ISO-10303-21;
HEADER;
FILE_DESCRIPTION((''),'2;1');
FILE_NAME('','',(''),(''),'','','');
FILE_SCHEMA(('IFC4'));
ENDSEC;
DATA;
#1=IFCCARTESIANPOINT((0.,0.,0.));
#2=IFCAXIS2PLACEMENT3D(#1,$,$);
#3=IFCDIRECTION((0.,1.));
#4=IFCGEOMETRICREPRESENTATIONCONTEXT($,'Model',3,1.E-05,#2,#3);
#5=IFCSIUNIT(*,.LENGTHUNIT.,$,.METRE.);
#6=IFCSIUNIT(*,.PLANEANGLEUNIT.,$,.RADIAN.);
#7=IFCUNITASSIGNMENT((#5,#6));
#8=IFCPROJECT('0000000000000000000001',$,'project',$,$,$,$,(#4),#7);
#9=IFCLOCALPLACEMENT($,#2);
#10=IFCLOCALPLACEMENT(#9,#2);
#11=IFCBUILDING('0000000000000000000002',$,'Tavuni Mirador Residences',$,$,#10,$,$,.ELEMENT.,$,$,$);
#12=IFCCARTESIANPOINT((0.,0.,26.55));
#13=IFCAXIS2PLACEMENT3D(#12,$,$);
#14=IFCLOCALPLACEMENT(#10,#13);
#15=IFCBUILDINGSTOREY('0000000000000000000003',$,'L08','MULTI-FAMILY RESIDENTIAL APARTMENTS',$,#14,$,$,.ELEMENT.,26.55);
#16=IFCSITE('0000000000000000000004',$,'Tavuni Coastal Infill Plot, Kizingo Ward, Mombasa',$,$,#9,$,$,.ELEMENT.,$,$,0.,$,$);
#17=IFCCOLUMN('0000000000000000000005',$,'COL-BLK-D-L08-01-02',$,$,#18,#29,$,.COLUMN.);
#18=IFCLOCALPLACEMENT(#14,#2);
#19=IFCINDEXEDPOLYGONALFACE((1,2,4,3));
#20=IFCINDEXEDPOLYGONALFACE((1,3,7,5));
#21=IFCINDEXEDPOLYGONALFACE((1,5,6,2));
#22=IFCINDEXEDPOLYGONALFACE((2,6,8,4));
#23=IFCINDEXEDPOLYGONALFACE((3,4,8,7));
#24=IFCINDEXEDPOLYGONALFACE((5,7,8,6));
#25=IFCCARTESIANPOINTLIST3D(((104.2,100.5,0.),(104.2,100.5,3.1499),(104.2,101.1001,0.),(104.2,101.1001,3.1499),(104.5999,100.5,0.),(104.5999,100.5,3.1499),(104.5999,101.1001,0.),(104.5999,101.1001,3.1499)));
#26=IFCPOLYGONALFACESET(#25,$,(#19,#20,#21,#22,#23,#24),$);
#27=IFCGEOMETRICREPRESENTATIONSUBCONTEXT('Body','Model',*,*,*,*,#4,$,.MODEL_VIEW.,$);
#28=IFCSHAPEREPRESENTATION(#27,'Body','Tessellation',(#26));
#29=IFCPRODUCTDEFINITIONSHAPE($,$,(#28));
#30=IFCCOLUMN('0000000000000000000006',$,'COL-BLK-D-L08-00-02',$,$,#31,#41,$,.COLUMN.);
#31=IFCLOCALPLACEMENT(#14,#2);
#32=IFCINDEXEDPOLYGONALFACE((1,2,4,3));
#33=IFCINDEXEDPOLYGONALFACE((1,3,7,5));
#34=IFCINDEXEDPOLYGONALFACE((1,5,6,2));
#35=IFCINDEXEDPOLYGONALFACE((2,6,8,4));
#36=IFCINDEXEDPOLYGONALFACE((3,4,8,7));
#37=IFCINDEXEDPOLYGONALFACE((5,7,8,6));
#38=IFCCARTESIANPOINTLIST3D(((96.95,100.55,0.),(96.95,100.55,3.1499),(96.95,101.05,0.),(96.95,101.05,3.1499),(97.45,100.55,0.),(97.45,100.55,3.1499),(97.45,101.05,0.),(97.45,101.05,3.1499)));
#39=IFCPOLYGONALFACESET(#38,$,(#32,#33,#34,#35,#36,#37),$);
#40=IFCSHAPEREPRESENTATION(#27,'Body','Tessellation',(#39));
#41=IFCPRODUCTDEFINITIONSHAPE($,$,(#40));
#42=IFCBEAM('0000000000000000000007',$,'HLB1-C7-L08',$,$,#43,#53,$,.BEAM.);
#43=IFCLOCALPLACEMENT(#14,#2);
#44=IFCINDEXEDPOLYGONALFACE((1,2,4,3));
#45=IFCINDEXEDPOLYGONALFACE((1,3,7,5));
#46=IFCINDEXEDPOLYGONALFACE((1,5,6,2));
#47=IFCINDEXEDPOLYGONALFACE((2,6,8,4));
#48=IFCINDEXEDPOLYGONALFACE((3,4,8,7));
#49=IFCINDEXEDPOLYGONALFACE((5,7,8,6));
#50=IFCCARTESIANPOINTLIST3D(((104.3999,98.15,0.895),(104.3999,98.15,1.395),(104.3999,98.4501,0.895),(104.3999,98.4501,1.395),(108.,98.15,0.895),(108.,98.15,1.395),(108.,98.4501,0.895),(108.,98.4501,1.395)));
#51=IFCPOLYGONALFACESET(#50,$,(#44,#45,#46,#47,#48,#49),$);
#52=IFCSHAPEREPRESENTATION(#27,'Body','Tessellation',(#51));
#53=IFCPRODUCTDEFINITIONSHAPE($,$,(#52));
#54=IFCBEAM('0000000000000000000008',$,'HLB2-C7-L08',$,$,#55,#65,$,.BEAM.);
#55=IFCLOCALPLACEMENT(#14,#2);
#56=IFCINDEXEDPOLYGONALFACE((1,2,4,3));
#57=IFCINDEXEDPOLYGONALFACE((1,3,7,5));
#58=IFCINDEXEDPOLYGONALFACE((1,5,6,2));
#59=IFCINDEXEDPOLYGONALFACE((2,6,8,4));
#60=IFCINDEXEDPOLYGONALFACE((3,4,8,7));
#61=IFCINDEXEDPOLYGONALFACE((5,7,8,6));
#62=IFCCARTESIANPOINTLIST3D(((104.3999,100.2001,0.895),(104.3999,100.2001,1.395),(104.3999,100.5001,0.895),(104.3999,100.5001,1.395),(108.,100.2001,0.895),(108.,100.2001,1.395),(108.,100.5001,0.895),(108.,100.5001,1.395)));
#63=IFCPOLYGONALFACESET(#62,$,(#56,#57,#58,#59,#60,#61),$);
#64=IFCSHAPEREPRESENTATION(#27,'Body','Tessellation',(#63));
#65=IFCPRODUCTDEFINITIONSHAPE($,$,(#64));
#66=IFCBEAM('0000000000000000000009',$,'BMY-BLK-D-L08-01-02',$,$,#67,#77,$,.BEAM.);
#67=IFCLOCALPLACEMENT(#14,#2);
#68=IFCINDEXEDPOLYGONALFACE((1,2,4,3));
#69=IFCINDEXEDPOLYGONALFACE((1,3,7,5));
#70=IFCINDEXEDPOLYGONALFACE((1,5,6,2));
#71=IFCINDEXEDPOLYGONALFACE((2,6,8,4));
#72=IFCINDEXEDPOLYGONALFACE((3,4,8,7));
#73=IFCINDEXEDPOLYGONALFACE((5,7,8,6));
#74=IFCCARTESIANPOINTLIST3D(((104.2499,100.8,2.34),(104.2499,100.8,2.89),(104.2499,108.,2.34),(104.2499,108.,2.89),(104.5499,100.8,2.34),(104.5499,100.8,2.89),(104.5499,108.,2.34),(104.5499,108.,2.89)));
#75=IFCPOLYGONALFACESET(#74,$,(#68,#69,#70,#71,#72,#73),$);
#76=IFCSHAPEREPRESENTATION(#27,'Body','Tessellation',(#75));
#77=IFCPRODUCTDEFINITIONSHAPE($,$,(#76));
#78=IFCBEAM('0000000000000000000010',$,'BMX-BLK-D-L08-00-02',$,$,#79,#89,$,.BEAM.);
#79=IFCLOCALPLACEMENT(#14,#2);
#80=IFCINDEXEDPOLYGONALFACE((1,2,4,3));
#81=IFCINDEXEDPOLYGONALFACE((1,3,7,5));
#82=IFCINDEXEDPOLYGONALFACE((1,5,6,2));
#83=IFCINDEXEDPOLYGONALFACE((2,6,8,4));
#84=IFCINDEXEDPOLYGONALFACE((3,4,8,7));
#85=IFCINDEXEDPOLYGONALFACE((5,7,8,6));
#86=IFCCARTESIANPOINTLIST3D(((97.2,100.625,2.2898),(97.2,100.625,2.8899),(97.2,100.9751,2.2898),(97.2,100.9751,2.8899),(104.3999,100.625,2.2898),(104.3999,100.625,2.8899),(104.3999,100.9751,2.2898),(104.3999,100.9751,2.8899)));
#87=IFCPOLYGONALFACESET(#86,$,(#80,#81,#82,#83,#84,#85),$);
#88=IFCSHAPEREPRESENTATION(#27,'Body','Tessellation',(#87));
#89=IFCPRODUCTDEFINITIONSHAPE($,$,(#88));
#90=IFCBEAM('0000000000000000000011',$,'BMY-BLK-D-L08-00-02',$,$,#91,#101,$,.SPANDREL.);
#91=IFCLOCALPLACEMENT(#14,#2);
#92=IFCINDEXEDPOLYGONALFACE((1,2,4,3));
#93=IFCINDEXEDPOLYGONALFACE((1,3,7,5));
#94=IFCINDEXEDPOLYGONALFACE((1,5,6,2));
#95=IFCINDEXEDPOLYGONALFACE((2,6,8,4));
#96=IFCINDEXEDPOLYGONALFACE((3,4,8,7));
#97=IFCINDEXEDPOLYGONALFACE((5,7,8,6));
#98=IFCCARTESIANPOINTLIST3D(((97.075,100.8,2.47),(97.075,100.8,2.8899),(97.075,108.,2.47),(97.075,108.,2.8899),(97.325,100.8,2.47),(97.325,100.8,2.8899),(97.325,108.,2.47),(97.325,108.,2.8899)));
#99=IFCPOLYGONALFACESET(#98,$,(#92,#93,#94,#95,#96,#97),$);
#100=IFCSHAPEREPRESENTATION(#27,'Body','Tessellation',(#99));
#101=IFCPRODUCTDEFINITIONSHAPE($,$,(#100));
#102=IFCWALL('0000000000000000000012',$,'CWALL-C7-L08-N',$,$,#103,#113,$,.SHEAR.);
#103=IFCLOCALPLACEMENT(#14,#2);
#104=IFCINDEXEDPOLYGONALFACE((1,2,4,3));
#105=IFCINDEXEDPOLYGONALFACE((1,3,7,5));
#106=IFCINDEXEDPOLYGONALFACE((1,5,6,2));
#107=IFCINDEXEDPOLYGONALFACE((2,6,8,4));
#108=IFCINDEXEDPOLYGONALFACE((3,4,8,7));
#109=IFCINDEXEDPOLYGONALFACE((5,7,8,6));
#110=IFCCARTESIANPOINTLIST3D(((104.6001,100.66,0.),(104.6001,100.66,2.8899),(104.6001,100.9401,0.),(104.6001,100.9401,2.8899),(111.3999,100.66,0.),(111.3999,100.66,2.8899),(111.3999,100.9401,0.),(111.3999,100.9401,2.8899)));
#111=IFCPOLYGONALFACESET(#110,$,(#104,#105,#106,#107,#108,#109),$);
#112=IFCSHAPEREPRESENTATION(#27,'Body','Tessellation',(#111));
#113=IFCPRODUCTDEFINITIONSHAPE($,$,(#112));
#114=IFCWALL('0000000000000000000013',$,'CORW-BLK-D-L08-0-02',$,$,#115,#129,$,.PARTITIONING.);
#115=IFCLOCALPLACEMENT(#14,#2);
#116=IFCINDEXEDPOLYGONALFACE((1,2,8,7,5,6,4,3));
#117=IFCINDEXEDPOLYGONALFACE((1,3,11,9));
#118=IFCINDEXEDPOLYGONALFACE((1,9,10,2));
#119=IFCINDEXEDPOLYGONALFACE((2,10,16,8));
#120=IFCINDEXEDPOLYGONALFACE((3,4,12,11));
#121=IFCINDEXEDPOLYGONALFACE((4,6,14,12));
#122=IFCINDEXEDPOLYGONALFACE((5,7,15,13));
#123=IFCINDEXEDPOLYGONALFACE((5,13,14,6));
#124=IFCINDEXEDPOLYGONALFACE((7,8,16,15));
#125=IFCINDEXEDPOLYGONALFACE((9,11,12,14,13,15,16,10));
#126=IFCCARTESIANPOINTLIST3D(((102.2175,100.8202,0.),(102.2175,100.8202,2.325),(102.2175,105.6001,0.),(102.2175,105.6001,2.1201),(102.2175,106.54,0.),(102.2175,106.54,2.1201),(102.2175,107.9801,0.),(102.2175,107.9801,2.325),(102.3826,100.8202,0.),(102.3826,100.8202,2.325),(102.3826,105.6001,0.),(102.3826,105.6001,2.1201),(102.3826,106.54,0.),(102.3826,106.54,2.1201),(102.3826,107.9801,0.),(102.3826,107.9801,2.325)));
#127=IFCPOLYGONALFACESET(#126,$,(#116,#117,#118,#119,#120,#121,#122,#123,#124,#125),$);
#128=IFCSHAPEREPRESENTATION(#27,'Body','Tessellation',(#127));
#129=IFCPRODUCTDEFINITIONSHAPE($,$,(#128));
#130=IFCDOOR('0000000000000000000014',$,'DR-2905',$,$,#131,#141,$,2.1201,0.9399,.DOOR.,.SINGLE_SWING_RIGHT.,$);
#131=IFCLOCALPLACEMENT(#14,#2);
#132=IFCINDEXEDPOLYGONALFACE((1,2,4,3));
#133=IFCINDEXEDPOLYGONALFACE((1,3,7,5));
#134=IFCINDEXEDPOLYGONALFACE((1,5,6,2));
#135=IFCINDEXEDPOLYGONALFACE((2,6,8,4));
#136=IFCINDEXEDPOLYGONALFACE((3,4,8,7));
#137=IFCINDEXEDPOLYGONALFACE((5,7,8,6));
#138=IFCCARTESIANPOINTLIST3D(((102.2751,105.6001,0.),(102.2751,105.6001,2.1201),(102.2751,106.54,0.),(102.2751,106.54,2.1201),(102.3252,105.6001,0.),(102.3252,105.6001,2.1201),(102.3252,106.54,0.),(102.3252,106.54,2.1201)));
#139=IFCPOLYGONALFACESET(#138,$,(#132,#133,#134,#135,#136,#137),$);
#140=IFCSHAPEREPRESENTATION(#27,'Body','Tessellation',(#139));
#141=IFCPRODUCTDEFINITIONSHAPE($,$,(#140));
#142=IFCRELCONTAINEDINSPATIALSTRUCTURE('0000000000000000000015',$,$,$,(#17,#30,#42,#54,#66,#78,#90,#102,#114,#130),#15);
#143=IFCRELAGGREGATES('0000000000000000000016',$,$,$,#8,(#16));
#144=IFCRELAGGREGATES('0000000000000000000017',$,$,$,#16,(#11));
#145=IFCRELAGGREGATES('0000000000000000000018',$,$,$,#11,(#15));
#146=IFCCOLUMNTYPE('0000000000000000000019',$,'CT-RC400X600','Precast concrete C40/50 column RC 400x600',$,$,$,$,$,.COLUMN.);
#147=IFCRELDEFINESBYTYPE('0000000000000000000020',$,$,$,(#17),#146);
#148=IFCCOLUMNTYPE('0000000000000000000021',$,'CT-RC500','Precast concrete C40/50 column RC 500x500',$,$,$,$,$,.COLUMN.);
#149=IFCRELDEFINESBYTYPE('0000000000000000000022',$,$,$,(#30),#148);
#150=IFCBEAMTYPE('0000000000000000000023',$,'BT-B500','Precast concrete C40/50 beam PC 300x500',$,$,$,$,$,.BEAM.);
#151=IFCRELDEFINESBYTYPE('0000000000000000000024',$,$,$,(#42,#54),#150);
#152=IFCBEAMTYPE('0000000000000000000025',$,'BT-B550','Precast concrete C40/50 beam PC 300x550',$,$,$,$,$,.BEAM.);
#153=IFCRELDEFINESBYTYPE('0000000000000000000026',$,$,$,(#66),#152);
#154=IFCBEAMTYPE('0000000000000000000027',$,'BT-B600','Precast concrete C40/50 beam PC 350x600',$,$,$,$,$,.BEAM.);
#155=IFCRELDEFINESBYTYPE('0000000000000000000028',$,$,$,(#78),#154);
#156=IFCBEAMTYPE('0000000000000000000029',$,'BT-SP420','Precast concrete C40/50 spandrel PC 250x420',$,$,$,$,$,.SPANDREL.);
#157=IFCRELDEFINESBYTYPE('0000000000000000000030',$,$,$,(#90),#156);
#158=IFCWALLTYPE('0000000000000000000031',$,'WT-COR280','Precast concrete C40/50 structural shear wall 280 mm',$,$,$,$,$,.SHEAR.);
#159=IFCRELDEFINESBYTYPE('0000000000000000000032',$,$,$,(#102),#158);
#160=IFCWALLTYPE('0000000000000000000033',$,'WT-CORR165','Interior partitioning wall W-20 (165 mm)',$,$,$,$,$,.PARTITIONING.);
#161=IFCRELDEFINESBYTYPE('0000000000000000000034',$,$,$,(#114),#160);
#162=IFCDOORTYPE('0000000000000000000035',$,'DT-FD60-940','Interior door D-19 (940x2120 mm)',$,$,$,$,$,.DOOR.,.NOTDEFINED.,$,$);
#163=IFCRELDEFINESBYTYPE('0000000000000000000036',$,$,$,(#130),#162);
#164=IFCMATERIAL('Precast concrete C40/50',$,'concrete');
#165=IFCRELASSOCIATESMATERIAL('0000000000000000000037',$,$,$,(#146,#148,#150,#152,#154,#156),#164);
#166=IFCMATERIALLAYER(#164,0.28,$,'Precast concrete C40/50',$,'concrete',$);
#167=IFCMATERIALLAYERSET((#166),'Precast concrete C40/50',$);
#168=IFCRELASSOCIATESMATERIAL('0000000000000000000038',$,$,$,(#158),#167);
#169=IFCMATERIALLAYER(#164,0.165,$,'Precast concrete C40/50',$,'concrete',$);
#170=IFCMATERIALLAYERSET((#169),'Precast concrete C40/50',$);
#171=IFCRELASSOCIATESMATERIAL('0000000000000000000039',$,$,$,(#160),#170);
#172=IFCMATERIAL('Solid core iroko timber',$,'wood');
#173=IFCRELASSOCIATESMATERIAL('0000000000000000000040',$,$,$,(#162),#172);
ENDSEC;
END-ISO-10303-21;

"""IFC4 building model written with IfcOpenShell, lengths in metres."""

from ifc_helpers import new_model, si_unit, direction, frame, frame_2d, origin, origin_2d, place, context, subcontext, project, spatial, rectangle, extrude, material, layer, layer_set, material_profile, profile_set, type_object, element, fill, save


model = new_model("IFC4")

# Units and contexts
model_context = context("Model", 3, precision=1e-05, world=origin(), true_north=direction((0.0, 1.0)))
body_context = subcontext(model_context, "Body", "Model", "MODEL_VIEW")
ifc_project = project(units=[si_unit("LENGTHUNIT", "METRE"), si_unit("PLANEANGLEUNIT", "RADIAN")], contexts=[model_context])

# Site, building, storey
site_placement = place(None, origin())
site = spatial("IfcSite", under=ifc_project, at=site_placement, Name="Tavuni Coastal Infill Plot, Kizingo Ward, Mombasa", CompositionType="ELEMENT", RefElevation=0.0)
building_placement = place(site_placement, origin())
building = spatial("IfcBuilding", under=site, at=building_placement, Name="Tavuni Mirador Residences", CompositionType="ELEMENT")
storey_placement = place(building_placement, frame((0.0, 0.0, 26.55)))
storey = spatial("IfcBuildingStorey", under=building, at=storey_placement, Name="L08", Description="MULTI-FAMILY RESIDENTIAL APARTMENTS", CompositionType="ELEMENT", Elevation=26.55)

# Columns
ifc_material_1 = material(Name="Precast concrete C40/50", Category="concrete")
ifc_material_profile_1 = material_profile(ifc_material_1, rectangle(XDim=0.3999, YDim=0.6001, at=origin_2d()), Name="RC 400x600", Category="concrete")
ifc_profile_set_1 = profile_set([ifc_material_profile_1], Name="Precast concrete C40/50")
column_type_1 = type_object("IfcColumnType", Name="CT-RC400X600", Description="Precast concrete C40/50 column RC 400x600", PredefinedType="COLUMN", material=ifc_profile_set_1)
column_1_placement = place(storey_placement, frame((104.3999, 100.8, 0.0), z_axis=(0.0, 0.0, 1.0), x_axis=(1.0, 0.0, 0.0)))
element("IfcColumn", 1, at=column_1_placement, inside=storey, type_object=column_type_1, Name="COL-BLK-D-L08-01-02", PredefinedType="COLUMN", context=body_context, shape_type="SweptSolid", body=[
    extrude(rectangle(XDim=0.3999, YDim=0.6001, at=origin_2d()), origin(), (0.0, 0.0, 1.0), 3.1499),
])
ifc_material_profile_2 = material_profile(ifc_material_1, rectangle(XDim=0.5, YDim=0.5, at=origin_2d()), Name="RC 500x500", Category="concrete")
ifc_profile_set_2 = profile_set([ifc_material_profile_2], Name="Precast concrete C40/50")
column_type_2 = type_object("IfcColumnType", Name="CT-RC500", Description="Precast concrete C40/50 column RC 500x500", PredefinedType="COLUMN", material=ifc_profile_set_2)
column_2_placement = place(storey_placement, frame((97.2, 100.8, 0.0), z_axis=(0.0, 0.0, 1.0), x_axis=(1.0, 0.0, 0.0)))
element("IfcColumn", 2, at=column_2_placement, inside=storey, type_object=column_type_2, Name="COL-BLK-D-L08-00-02", PredefinedType="COLUMN", context=body_context, shape_type="SweptSolid", body=[
    extrude(rectangle(XDim=0.5, YDim=0.5, at=origin_2d()), origin(), (0.0, 0.0, 1.0), 3.1499),
])

# Beams
ifc_material_profile_3 = material_profile(ifc_material_1, rectangle(XDim=0.3, YDim=0.5, at=origin_2d()), Name="PC 300x500", Category="concrete")
ifc_profile_set_3 = profile_set([ifc_material_profile_3], Name="Precast concrete C40/50")
beam_type_1 = type_object("IfcBeamType", Name="BT-B500", Description="Precast concrete C40/50 beam PC 300x500", PredefinedType="BEAM", material=ifc_profile_set_3)
for number, where, z_axis, x_axis, name in (
    (3, (104.3999, 98.3, 1.145), (1.0, 0.0, 0.0), (0.0, 1.0, 0.0), "HLB1-C7-L08"),
    (4, (104.3999, 100.3501, 1.145), (1.0, 0.0, 0.0), (0.0, 1.0, 0.0), "HLB2-C7-L08"),
):
    element("IfcBeam", number, at=place(storey_placement, frame(where, z_axis=z_axis, x_axis=x_axis)), inside=storey, type_object=beam_type_1, Name=name, PredefinedType="BEAM", context=body_context, shape_type="SweptSolid", body=[
        extrude(rectangle(XDim=0.3, YDim=0.5, at=origin_2d()), origin(), (0.0, 0.0, 1.0), 3.6001),
    ])
ifc_material_profile_4 = material_profile(ifc_material_1, rectangle(XDim=0.3, YDim=0.55, at=origin_2d()), Name="PC 300x550", Category="concrete")
ifc_profile_set_4 = profile_set([ifc_material_profile_4], Name="Precast concrete C40/50")
beam_type_2 = type_object("IfcBeamType", Name="BT-B550", Description="Precast concrete C40/50 beam PC 300x550", PredefinedType="BEAM", material=ifc_profile_set_4)
beam_1_placement = place(storey_placement, frame((104.3999, 100.8, 2.615), z_axis=(0.0, 1.0, 0.0), x_axis=(-1.0, 0.0, 0.0)))
element("IfcBeam", 5, at=beam_1_placement, inside=storey, type_object=beam_type_2, Name="BMY-BLK-D-L08-01-02", PredefinedType="BEAM", context=body_context, shape_type="SweptSolid", body=[
    extrude(rectangle(XDim=0.3, YDim=0.55, at=origin_2d()), origin(), (0.0, 0.0, 1.0), 7.2),
])
ifc_material_profile_5 = material_profile(ifc_material_1, rectangle(XDim=0.3501, YDim=0.6001, at=origin_2d()), Name="PC 350x600", Category="concrete")
ifc_profile_set_5 = profile_set([ifc_material_profile_5], Name="Precast concrete C40/50")
beam_type_3 = type_object("IfcBeamType", Name="BT-B600", Description="Precast concrete C40/50 beam PC 350x600", PredefinedType="BEAM", material=ifc_profile_set_5)
beam_2_placement = place(storey_placement, frame((97.2, 100.8, 2.5898), z_axis=(1.0, 0.0, 0.0), x_axis=(0.0, 1.0, 0.0)))
element("IfcBeam", 6, at=beam_2_placement, inside=storey, type_object=beam_type_3, Name="BMX-BLK-D-L08-00-02", PredefinedType="BEAM", context=body_context, shape_type="SweptSolid", body=[
    extrude(rectangle(XDim=0.3501, YDim=0.6001, at=origin_2d()), origin(), (0.0, 0.0, 1.0), 7.2),
])
ifc_material_profile_6 = material_profile(ifc_material_1, rectangle(XDim=0.25, YDim=0.4199, at=origin_2d()), Name="PC 250x420", Category="concrete")
ifc_profile_set_6 = profile_set([ifc_material_profile_6], Name="Precast concrete C40/50")
beam_type_4 = type_object("IfcBeamType", Name="BT-SP420", Description="Precast concrete C40/50 spandrel PC 250x420", PredefinedType="SPANDREL", material=ifc_profile_set_6)
beam_3_placement = place(storey_placement, frame((97.2, 100.8, 2.6799), z_axis=(0.0, 1.0, 0.0), x_axis=(-1.0, 0.0, 0.0)))
element("IfcBeam", 7, at=beam_3_placement, inside=storey, type_object=beam_type_4, Name="BMY-BLK-D-L08-00-02", PredefinedType="SPANDREL", context=body_context, shape_type="SweptSolid", body=[
    extrude(rectangle(XDim=0.25, YDim=0.4199, at=origin_2d()), origin(), (0.0, 0.0, 1.0), 7.2),
])

# Wall
ifc_layer_1 = layer(ifc_material_1, 0.28, Name="Precast concrete C40/50", Category="concrete")
ifc_layer_set_1 = layer_set([ifc_layer_1], Name="Precast concrete C40/50")
wall_type_1 = type_object("IfcWallType", Name="WT-COR280", Description="Precast concrete C40/50 structural shear wall 280 mm", PredefinedType="SHEAR", material=ifc_layer_set_1)
wall_1_placement = place(storey_placement, frame((104.6001, 100.8, 0.0), z_axis=(0.0, 0.0, 1.0), x_axis=(1.0, 0.0, 0.0)))
element("IfcWall", 8, at=wall_1_placement, inside=storey, type_object=wall_type_1, Name="CWALL-C7-L08-N", PredefinedType="SHEAR", context=body_context, shape_type="SweptSolid", body=[
    extrude(rectangle(XDim=6.7998, YDim=0.28, at=frame_2d((3.3999, 0.0))), origin(), (0.0, 0.0, 1.0), 2.8899),
])

# Wall, opening, door
ifc_layer_2 = layer(ifc_material_1, 0.165, Name="Precast concrete C40/50", Category="concrete")
ifc_layer_set_2 = layer_set([ifc_layer_2], Name="Precast concrete C40/50")
wall_type_2 = type_object("IfcWallType", Name="WT-CORR165", Description="Interior partitioning wall W-20 (165 mm)", PredefinedType="PARTITIONING", material=ifc_layer_set_2)
wall_2_placement = place(storey_placement, frame((102.3, 100.8201, 0.0), z_axis=(0.0, 0.0, 1.0), x_axis=(0.0, 1.0, 0.0)))
wall_2 = element("IfcWall", 9, at=wall_2_placement, inside=storey, type_object=wall_type_2, Name="CORW-BLK-D-L08-0-02", PredefinedType="PARTITIONING", context=body_context, shape_type="SweptSolid", body=[
    extrude(rectangle(XDim=7.1599, YDim=0.165, at=frame_2d((3.5801, 0.0))), origin(), (0.0, 0.0, 1.0), 2.325),
])
opening_1_placement = place(wall_2_placement, frame((4.78, 0.0, 0.0)))
opening_1 = element("IfcOpeningElement", 10, at=opening_1_placement, cuts=wall_2, PredefinedType="OPENING", context=body_context, shape_type="SweptSolid", body=[
    extrude(rectangle(XDim=0.9399, YDim=2.1201, at=frame_2d((0.47, 1.0601))), frame((0.0, 0.0925, 0.0), z_axis=(0.0, -1.0, 0.0), x_axis=(1.0, 0.0, 0.0)), (0.0, 0.0, 1.0), 0.1851),
])
ifc_material_2 = material(Name="Solid core iroko timber", Category="wood")
door_type_1 = type_object("IfcDoorType", Name="DT-FD60-940", Description="Interior door D-19 (940x2120 mm)", OperationType="NOTDEFINED", PredefinedType="DOOR", material=ifc_material_2)
door_1_placement = place(opening_1_placement, origin())
door_1 = element("IfcDoor", 11, at=door_1_placement, inside=storey, type_object=door_type_1, Name="DR-2905", OperationType="SINGLE_SWING_RIGHT", OverallHeight=2.1201, OverallWidth=0.9399, PredefinedType="DOOR", context=body_context, shape_type="SweptSolid", body=[
    extrude(rectangle(XDim=0.9399, YDim=2.1201, at=frame_2d((0.47, 1.0601))), frame((0.0, 0.0249, 0.0), z_axis=(0.0, -1.0, 0.0), x_axis=(1.0, 0.0, 0.0)), (0.0, 0.0, 1.0), 0.05),
])
fill(opening_1, door_1)

save(model, "model.ifc")
